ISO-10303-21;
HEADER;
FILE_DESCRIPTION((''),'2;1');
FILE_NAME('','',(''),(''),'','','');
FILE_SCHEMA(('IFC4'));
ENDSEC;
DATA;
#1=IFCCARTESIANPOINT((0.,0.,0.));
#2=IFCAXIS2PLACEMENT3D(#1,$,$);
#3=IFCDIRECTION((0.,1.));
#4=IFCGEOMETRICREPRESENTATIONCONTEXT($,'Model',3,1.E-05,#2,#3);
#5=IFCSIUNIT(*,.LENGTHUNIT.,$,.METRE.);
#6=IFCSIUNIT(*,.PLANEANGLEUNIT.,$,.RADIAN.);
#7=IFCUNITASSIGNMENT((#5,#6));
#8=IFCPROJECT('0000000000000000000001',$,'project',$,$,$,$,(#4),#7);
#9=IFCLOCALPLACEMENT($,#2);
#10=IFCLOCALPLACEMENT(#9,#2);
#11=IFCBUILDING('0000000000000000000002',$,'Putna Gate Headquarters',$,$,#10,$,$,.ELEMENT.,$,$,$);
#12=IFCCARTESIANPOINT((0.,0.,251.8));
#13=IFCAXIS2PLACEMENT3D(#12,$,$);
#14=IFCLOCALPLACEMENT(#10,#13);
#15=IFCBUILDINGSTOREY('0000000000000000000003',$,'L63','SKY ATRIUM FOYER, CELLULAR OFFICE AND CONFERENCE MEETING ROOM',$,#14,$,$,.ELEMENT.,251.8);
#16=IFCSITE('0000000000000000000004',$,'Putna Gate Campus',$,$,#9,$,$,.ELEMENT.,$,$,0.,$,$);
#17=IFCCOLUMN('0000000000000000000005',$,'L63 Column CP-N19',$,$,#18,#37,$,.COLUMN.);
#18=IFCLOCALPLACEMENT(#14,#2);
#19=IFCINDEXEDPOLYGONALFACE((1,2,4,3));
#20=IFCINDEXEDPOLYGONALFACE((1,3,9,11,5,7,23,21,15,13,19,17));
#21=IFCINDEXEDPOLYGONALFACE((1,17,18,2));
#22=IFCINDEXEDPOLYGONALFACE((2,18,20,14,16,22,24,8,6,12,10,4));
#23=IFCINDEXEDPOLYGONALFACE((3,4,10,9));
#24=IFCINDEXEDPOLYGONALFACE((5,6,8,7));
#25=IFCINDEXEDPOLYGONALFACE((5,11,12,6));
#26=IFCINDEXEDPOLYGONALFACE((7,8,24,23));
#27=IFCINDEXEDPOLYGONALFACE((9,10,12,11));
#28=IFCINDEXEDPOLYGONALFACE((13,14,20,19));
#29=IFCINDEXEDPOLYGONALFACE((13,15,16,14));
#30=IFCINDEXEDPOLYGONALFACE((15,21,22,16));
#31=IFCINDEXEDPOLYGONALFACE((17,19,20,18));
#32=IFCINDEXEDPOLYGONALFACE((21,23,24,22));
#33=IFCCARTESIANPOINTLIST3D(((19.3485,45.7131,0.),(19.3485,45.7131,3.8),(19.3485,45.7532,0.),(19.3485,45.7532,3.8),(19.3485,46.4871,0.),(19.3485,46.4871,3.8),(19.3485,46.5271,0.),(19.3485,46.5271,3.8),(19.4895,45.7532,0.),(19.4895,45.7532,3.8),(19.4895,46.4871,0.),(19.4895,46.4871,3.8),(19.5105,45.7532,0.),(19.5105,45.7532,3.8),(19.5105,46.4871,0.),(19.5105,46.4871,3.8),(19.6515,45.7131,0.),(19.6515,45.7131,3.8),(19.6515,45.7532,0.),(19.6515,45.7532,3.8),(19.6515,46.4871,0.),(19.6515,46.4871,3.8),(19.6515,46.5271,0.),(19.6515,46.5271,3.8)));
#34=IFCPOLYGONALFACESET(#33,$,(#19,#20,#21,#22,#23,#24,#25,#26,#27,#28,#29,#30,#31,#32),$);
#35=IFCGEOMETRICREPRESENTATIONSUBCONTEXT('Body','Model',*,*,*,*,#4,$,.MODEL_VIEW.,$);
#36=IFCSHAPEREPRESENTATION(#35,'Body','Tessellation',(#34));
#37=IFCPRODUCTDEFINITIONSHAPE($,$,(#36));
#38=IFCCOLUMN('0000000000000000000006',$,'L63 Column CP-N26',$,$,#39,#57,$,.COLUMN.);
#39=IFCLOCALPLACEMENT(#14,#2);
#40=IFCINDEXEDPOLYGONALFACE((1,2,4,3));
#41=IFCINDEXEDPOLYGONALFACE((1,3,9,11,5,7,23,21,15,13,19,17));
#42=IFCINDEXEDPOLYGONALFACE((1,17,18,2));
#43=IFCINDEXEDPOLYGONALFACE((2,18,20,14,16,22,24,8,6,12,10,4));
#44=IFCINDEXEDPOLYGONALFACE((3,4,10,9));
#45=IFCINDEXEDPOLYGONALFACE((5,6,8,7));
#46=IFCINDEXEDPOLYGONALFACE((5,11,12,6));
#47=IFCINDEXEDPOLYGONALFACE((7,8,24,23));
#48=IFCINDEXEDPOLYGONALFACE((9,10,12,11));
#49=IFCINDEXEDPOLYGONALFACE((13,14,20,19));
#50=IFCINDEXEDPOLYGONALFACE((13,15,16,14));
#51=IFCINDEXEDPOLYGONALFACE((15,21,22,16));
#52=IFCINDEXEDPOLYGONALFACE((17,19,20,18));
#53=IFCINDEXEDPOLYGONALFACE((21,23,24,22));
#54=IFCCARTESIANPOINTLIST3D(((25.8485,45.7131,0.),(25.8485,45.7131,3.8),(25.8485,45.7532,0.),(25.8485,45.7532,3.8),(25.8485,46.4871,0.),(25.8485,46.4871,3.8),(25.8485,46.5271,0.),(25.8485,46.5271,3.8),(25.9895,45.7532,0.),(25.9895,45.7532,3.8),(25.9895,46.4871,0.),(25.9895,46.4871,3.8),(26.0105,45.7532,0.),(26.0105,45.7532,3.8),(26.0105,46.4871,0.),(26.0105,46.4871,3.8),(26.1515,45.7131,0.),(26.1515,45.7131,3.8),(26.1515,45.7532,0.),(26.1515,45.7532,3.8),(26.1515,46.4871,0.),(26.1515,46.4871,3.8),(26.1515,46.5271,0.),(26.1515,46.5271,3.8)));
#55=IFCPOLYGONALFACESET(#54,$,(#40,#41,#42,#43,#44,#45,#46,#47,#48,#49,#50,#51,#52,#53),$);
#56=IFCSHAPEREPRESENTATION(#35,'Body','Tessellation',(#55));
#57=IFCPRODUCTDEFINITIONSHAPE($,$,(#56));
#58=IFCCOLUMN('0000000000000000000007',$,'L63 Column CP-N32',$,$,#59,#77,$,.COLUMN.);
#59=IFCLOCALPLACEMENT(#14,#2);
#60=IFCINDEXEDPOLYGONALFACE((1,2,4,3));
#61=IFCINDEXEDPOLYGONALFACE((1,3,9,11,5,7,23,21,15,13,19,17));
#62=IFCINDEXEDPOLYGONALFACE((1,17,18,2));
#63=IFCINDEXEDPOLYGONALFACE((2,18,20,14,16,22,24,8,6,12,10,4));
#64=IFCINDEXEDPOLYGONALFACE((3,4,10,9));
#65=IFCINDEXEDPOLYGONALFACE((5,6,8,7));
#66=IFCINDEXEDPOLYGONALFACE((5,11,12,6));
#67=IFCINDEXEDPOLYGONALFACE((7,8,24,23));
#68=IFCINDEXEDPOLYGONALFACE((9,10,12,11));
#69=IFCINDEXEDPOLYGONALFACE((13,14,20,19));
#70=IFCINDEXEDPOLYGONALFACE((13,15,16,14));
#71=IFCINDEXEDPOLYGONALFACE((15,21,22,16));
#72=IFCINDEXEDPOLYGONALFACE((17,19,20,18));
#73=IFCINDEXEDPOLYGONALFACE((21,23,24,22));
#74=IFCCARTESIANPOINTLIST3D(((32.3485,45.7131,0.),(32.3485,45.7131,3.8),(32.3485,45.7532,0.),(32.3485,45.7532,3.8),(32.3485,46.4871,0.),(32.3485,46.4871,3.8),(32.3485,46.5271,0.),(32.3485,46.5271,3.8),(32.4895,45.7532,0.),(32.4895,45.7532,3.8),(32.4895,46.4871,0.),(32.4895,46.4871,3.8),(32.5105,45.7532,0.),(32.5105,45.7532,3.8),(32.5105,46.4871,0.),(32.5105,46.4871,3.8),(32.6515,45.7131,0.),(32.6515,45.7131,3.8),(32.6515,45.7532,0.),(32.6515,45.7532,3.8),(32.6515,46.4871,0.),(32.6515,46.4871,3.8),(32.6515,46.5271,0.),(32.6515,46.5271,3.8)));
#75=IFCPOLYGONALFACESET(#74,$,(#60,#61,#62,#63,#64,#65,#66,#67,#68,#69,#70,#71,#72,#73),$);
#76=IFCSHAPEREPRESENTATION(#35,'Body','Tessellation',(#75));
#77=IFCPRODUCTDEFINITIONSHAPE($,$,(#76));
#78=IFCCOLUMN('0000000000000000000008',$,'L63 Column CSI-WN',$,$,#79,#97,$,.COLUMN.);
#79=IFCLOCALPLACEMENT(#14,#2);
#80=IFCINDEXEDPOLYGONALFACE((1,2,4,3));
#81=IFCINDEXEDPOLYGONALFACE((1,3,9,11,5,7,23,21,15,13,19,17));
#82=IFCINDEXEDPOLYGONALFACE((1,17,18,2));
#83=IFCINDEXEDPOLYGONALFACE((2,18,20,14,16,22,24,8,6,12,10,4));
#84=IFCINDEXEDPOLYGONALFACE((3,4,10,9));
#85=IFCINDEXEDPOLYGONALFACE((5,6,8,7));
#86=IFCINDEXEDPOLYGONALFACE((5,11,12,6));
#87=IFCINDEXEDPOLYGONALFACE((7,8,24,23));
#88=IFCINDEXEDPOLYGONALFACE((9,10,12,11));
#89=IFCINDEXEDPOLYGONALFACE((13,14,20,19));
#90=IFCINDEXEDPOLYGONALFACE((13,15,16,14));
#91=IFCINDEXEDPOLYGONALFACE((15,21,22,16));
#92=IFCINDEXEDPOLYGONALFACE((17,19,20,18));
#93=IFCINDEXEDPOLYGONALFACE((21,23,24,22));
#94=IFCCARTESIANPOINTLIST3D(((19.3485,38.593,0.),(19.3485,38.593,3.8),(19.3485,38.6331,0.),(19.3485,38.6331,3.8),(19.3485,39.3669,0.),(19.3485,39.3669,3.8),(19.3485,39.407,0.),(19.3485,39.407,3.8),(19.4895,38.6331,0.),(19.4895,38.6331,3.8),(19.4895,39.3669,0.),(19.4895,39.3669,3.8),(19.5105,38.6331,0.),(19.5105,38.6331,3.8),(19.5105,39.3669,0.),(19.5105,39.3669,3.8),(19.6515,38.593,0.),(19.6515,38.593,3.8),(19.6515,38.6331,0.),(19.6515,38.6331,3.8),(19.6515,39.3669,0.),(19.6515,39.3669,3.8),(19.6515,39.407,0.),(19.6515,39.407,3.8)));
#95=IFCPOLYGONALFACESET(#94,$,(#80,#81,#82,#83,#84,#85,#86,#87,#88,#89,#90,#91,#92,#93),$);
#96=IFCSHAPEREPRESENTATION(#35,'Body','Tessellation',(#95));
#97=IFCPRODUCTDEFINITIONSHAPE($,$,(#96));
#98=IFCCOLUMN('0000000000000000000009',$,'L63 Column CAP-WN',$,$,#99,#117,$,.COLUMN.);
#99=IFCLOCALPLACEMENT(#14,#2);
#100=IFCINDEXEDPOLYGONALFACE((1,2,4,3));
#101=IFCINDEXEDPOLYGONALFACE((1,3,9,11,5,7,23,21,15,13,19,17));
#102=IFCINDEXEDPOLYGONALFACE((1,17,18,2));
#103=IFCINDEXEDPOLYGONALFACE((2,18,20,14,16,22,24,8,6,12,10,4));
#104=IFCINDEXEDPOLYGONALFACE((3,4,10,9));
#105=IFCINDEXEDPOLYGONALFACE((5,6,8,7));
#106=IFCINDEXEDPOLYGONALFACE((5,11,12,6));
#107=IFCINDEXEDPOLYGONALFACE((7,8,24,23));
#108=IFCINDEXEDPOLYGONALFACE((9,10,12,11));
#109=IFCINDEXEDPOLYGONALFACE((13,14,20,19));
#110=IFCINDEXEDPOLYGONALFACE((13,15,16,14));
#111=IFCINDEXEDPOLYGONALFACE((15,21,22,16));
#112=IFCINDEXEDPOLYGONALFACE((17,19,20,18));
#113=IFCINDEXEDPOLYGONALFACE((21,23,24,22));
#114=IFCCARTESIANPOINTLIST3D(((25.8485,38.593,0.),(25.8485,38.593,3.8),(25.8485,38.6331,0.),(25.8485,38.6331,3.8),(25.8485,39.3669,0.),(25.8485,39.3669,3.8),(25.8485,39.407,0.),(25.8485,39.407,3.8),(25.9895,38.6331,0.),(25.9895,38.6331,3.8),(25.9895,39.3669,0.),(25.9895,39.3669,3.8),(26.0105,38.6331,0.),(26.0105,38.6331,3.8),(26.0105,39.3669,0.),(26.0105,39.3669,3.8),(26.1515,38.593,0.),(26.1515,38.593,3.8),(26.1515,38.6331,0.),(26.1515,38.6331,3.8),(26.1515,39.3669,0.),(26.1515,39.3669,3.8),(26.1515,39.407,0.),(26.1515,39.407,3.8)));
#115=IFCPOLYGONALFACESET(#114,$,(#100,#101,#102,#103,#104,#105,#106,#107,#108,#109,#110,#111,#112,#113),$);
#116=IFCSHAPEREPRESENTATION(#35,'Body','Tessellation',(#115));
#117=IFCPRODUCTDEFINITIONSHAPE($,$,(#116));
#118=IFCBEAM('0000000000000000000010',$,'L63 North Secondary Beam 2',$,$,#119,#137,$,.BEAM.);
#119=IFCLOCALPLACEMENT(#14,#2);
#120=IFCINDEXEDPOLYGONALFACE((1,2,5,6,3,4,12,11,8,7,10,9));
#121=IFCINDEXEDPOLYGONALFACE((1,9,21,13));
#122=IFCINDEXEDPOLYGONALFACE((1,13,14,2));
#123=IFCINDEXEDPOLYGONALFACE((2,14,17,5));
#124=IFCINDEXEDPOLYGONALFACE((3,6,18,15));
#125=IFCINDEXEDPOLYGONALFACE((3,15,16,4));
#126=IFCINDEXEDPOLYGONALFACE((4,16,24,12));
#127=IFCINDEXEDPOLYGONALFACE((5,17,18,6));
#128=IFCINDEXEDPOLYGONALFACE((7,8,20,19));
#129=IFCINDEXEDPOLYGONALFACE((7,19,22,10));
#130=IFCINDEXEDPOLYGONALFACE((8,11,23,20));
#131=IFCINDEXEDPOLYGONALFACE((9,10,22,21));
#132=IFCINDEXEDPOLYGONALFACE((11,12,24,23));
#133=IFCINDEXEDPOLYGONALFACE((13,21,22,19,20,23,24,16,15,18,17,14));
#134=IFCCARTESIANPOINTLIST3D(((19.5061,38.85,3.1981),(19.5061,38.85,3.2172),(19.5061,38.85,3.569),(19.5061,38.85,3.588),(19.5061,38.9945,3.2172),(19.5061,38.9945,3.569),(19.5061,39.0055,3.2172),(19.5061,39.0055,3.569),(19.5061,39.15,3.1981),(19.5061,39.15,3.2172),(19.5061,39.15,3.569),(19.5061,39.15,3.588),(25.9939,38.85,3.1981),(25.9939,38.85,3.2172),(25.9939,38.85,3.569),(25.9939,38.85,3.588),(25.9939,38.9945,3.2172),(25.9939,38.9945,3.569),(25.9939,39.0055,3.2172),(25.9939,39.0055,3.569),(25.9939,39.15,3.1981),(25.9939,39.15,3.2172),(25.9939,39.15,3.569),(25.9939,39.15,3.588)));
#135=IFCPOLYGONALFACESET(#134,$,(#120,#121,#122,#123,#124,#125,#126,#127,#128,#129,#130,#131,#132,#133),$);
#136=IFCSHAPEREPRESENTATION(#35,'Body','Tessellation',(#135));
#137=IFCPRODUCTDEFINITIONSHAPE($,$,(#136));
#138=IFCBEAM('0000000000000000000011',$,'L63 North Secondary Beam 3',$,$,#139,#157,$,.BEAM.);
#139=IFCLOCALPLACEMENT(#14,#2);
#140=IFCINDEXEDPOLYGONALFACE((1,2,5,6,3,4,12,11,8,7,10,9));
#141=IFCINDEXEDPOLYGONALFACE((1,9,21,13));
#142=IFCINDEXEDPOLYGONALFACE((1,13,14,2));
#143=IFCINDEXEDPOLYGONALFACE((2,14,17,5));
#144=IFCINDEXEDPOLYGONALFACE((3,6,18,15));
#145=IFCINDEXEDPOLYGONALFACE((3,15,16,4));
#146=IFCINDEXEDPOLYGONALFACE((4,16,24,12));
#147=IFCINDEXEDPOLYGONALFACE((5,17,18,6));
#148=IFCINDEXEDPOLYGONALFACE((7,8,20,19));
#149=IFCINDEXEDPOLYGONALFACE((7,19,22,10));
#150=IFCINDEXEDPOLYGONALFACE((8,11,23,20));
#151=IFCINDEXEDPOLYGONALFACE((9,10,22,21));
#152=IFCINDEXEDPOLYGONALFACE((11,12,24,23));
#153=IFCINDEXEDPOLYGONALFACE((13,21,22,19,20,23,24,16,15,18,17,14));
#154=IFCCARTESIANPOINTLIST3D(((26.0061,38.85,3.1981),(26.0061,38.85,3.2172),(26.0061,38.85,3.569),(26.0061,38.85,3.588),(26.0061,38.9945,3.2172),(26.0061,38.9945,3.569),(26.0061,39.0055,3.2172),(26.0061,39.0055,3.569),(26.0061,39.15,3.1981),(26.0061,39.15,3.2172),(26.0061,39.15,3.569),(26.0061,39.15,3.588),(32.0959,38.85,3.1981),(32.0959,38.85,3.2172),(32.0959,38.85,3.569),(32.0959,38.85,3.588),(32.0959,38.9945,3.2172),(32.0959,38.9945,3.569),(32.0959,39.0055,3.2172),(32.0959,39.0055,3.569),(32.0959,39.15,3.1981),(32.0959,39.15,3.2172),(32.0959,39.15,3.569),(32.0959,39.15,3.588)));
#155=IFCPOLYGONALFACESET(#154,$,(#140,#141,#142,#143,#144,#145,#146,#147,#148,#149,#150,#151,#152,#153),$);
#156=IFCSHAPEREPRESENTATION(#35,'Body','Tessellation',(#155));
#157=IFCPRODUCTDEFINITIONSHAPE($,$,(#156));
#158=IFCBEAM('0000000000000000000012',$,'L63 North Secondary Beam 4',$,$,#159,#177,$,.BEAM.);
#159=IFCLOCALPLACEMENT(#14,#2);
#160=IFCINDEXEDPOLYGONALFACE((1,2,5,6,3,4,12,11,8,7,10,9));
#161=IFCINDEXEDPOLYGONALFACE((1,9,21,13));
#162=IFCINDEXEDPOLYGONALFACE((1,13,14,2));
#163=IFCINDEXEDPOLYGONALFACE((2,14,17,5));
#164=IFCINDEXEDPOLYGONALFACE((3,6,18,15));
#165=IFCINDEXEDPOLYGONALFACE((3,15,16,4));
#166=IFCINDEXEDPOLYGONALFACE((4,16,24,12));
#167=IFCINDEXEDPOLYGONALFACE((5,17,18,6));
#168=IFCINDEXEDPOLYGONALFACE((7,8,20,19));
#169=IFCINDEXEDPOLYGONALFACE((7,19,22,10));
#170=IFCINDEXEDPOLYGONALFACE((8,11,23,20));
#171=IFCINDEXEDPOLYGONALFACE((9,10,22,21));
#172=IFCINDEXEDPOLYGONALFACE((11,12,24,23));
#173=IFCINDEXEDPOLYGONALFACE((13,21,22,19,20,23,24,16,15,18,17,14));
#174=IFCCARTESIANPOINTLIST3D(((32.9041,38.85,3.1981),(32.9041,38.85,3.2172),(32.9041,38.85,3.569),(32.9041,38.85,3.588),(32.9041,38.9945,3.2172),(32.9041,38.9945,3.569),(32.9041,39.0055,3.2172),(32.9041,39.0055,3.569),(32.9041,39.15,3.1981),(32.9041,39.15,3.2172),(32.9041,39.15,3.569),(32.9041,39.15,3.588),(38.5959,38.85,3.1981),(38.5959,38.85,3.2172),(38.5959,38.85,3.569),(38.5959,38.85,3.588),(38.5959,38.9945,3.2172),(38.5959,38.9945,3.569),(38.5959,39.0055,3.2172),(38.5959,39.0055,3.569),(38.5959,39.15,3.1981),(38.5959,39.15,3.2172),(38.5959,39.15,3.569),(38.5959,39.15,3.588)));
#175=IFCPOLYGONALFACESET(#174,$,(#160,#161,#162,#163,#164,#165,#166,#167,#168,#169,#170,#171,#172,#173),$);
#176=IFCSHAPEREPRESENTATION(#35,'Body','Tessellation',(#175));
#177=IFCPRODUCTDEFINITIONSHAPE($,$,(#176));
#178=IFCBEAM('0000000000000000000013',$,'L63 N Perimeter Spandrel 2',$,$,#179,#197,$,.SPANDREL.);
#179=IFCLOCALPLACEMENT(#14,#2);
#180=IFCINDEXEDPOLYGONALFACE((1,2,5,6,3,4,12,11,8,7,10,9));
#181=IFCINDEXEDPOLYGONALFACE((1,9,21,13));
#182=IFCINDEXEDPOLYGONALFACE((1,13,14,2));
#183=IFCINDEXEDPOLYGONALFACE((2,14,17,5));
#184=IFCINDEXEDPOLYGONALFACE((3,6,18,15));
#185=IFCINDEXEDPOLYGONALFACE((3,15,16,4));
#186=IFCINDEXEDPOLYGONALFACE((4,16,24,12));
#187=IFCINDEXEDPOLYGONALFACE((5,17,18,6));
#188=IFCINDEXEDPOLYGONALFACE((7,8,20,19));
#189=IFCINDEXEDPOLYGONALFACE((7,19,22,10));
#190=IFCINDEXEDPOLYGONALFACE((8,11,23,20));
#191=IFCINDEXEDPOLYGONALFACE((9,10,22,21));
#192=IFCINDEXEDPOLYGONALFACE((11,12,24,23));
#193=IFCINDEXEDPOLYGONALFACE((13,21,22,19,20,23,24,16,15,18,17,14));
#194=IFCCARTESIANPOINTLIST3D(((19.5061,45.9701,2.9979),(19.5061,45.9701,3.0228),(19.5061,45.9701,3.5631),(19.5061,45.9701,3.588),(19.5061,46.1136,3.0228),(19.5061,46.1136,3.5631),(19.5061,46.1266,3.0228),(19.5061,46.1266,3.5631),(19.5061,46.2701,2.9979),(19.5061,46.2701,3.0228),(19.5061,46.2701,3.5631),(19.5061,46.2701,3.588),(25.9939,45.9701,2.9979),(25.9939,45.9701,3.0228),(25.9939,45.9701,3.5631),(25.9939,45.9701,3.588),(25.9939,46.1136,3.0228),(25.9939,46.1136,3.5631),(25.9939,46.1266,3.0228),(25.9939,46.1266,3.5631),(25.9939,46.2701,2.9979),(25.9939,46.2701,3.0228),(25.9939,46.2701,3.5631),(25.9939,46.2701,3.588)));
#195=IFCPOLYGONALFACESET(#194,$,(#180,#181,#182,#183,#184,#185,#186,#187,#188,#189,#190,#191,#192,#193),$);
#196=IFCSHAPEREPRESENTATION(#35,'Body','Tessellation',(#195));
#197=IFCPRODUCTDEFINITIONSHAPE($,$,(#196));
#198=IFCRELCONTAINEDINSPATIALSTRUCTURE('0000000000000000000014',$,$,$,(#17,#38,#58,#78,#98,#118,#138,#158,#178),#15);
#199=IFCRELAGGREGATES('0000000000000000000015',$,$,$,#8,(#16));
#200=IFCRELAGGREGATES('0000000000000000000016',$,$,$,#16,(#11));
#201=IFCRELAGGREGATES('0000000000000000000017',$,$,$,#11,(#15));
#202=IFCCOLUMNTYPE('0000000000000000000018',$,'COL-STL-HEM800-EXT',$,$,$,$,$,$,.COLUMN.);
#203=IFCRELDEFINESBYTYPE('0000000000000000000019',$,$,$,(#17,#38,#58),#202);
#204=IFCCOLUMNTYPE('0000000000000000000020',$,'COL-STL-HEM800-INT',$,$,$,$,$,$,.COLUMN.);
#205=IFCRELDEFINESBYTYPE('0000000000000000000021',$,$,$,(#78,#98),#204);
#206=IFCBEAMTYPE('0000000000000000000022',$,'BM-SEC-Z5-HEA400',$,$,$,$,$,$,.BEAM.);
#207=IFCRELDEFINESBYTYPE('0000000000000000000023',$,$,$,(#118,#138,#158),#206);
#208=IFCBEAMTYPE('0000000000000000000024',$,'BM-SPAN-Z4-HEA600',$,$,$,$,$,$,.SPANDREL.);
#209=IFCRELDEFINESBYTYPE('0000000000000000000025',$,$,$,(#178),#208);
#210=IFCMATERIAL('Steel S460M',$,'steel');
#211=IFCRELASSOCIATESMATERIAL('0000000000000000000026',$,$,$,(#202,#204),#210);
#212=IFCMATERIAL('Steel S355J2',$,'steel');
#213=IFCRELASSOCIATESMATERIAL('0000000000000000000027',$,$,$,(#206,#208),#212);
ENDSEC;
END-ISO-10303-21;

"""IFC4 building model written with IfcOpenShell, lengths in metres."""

from ifc_helpers import new_model, si_unit, direction, frame, origin, origin_2d, place, context, subcontext, project, spatial, i_section, extrude, material, material_profile, profile_set, type_object, element, save


model = new_model("IFC4")

# Units and contexts
model_context = context("Model", 3, precision=1e-05, world=origin(), true_north=direction((0.0, 1.0)))
body_context = subcontext(model_context, "Body", "Model", "MODEL_VIEW")
ifc_project = project(units=[si_unit("LENGTHUNIT", "METRE"), si_unit("PLANEANGLEUNIT", "RADIAN")], contexts=[model_context])

# Site, building, storey
site_placement = place(None, origin())
site = spatial("IfcSite", under=ifc_project, at=site_placement, Name="Putna Gate Campus", CompositionType="ELEMENT", RefElevation=0.0)
building_placement = place(site_placement, origin())
building = spatial("IfcBuilding", under=site, at=building_placement, Name="Putna Gate Headquarters", CompositionType="ELEMENT")
storey_placement = place(building_placement, frame((0.0, 0.0, 251.8)))
storey = spatial("IfcBuildingStorey", under=building, at=storey_placement, Name="L63", Description="SKY ATRIUM FOYER, CELLULAR OFFICE AND CONFERENCE MEETING ROOM", CompositionType="ELEMENT", Elevation=251.8)

# Columns
ifc_material_1 = material(Name="Steel S460M", Category="steel")
ifc_material_profile_1 = material_profile(ifc_material_1, i_section(OverallWidth=0.303, OverallDepth=0.814, WebThickness=0.021, FlangeThickness=0.04, at=origin_2d()), Name="Steel S460M")
ifc_profile_set_1 = profile_set([ifc_material_profile_1], Name="Steel S460M")
column_type_1 = type_object("IfcColumnType", Name="COL-STL-HEM800-EXT", PredefinedType="COLUMN", material=ifc_profile_set_1)
for number, where, z_axis, x_axis, name in (
    (1, (19.5, 46.1201, 0.0), (0.0, 0.0, 1.0), (1.0, 0.0, 0.0), "L63 Column CP-N19"),
    (2, (26.0, 46.1201, 0.0), (0.0, 0.0, 1.0), (1.0, 0.0, 0.0), "L63 Column CP-N26"),
    (3, (32.5, 46.1201, 0.0), (0.0, 0.0, 1.0), (1.0, 0.0, 0.0), "L63 Column CP-N32"),
):
    element("IfcColumn", number, at=place(storey_placement, frame(where, z_axis=z_axis, x_axis=x_axis)), inside=storey, type_object=column_type_1, Name=name, PredefinedType="COLUMN", context=body_context, shape_type="SweptSolid", body=[
        extrude(i_section(OverallWidth=0.303, OverallDepth=0.814, WebThickness=0.021, FlangeThickness=0.04, at=origin_2d()), origin(), (0.0, 0.0, 1.0), 3.8),
    ])
ifc_material_profile_2 = material_profile(ifc_material_1, i_section(OverallWidth=0.303, OverallDepth=0.814, WebThickness=0.021, FlangeThickness=0.04, at=origin_2d()), Name="Steel S460M")
ifc_profile_set_2 = profile_set([ifc_material_profile_2], Name="Steel S460M")
column_type_2 = type_object("IfcColumnType", Name="COL-STL-HEM800-INT", PredefinedType="COLUMN", material=ifc_profile_set_2)
for number, where, z_axis, x_axis, name in (
    (4, (19.5, 39.0, 0.0), (0.0, 0.0, 1.0), (1.0, 0.0, 0.0), "L63 Column CSI-WN"),
    (5, (26.0, 39.0, 0.0), (0.0, 0.0, 1.0), (1.0, 0.0, 0.0), "L63 Column CAP-WN"),
):
    element("IfcColumn", number, at=place(storey_placement, frame(where, z_axis=z_axis, x_axis=x_axis)), inside=storey, type_object=column_type_2, Name=name, PredefinedType="COLUMN", context=body_context, shape_type="SweptSolid", body=[
        extrude(i_section(OverallWidth=0.303, OverallDepth=0.814, WebThickness=0.021, FlangeThickness=0.04, at=origin_2d()), origin(), (0.0, 0.0, 1.0), 3.8),
    ])

# Beams
ifc_material_2 = material(Name="Steel S355J2", Category="steel")
ifc_material_profile_3 = material_profile(ifc_material_2, i_section(OverallWidth=0.3, OverallDepth=0.3899, WebThickness=0.011, FlangeThickness=0.019, at=origin_2d()), Name="Steel S355J2")
ifc_profile_set_3 = profile_set([ifc_material_profile_3], Name="Steel S355J2")
beam_type_1 = type_object("IfcBeamType", Name="BM-SEC-Z5-HEA400", PredefinedType="BEAM", material=ifc_profile_set_3)
beam_1_placement = place(storey_placement, frame((19.5061, 39.0, 3.3931), z_axis=(1.0, 0.0, 0.0), x_axis=(0.0, 1.0, 0.0)))
element("IfcBeam", 6, at=beam_1_placement, inside=storey, type_object=beam_type_1, Name="L63 North Secondary Beam 2", PredefinedType="BEAM", context=body_context, shape_type="SweptSolid", body=[
    extrude(i_section(OverallWidth=0.3, OverallDepth=0.3899, WebThickness=0.011, FlangeThickness=0.019, at=origin_2d()), origin(), (0.0, 0.0, 1.0), 6.4878),
])
beam_2_placement = place(storey_placement, frame((26.0061, 39.0, 3.3931), z_axis=(1.0, 0.0, 0.0), x_axis=(0.0, 1.0, 0.0)))
element("IfcBeam", 7, at=beam_2_placement, inside=storey, type_object=beam_type_1, Name="L63 North Secondary Beam 3", PredefinedType="BEAM", context=body_context, shape_type="SweptSolid", body=[
    extrude(i_section(OverallWidth=0.3, OverallDepth=0.3899, WebThickness=0.011, FlangeThickness=0.019, at=origin_2d()), origin(), (0.0, 0.0, 1.0), 6.0898),
])
beam_3_placement = place(storey_placement, frame((32.9041, 39.0, 3.3931), z_axis=(1.0, 0.0, 0.0), x_axis=(0.0, 1.0, 0.0)))
element("IfcBeam", 8, at=beam_3_placement, inside=storey, type_object=beam_type_1, Name="L63 North Secondary Beam 4", PredefinedType="BEAM", context=body_context, shape_type="SweptSolid", body=[
    extrude(i_section(OverallWidth=0.3, OverallDepth=0.3899, WebThickness=0.011, FlangeThickness=0.019, at=origin_2d()), origin(), (0.0, 0.0, 1.0), 5.6919),
])
ifc_material_profile_4 = material_profile(ifc_material_2, i_section(OverallWidth=0.3, OverallDepth=0.5901, WebThickness=0.0129, FlangeThickness=0.0249, at=origin_2d()), Name="Steel S355J2")
ifc_profile_set_4 = profile_set([ifc_material_profile_4], Name="Steel S355J2")
beam_type_2 = type_object("IfcBeamType", Name="BM-SPAN-Z4-HEA600", PredefinedType="SPANDREL", material=ifc_profile_set_4)
for number, where, z_axis, x_axis, name in (
    (9, (19.5061, 46.1201, 3.293), (1.0, 0.0, 0.0), (0.0, 1.0, 0.0), "L63 N Perimeter Spandrel 2"),
):
    element("IfcBeam", number, at=place(storey_placement, frame(where, z_axis=z_axis, x_axis=x_axis)), inside=storey, type_object=beam_type_2, Name=name, PredefinedType="SPANDREL", context=body_context, shape_type="SweptSolid", body=[
        extrude(i_section(OverallWidth=0.3, OverallDepth=0.5901, WebThickness=0.0129, FlangeThickness=0.0249, at=origin_2d()), origin(), (0.0, 0.0, 1.0), 6.4878),
    ])

save(model, "model.ifc")
